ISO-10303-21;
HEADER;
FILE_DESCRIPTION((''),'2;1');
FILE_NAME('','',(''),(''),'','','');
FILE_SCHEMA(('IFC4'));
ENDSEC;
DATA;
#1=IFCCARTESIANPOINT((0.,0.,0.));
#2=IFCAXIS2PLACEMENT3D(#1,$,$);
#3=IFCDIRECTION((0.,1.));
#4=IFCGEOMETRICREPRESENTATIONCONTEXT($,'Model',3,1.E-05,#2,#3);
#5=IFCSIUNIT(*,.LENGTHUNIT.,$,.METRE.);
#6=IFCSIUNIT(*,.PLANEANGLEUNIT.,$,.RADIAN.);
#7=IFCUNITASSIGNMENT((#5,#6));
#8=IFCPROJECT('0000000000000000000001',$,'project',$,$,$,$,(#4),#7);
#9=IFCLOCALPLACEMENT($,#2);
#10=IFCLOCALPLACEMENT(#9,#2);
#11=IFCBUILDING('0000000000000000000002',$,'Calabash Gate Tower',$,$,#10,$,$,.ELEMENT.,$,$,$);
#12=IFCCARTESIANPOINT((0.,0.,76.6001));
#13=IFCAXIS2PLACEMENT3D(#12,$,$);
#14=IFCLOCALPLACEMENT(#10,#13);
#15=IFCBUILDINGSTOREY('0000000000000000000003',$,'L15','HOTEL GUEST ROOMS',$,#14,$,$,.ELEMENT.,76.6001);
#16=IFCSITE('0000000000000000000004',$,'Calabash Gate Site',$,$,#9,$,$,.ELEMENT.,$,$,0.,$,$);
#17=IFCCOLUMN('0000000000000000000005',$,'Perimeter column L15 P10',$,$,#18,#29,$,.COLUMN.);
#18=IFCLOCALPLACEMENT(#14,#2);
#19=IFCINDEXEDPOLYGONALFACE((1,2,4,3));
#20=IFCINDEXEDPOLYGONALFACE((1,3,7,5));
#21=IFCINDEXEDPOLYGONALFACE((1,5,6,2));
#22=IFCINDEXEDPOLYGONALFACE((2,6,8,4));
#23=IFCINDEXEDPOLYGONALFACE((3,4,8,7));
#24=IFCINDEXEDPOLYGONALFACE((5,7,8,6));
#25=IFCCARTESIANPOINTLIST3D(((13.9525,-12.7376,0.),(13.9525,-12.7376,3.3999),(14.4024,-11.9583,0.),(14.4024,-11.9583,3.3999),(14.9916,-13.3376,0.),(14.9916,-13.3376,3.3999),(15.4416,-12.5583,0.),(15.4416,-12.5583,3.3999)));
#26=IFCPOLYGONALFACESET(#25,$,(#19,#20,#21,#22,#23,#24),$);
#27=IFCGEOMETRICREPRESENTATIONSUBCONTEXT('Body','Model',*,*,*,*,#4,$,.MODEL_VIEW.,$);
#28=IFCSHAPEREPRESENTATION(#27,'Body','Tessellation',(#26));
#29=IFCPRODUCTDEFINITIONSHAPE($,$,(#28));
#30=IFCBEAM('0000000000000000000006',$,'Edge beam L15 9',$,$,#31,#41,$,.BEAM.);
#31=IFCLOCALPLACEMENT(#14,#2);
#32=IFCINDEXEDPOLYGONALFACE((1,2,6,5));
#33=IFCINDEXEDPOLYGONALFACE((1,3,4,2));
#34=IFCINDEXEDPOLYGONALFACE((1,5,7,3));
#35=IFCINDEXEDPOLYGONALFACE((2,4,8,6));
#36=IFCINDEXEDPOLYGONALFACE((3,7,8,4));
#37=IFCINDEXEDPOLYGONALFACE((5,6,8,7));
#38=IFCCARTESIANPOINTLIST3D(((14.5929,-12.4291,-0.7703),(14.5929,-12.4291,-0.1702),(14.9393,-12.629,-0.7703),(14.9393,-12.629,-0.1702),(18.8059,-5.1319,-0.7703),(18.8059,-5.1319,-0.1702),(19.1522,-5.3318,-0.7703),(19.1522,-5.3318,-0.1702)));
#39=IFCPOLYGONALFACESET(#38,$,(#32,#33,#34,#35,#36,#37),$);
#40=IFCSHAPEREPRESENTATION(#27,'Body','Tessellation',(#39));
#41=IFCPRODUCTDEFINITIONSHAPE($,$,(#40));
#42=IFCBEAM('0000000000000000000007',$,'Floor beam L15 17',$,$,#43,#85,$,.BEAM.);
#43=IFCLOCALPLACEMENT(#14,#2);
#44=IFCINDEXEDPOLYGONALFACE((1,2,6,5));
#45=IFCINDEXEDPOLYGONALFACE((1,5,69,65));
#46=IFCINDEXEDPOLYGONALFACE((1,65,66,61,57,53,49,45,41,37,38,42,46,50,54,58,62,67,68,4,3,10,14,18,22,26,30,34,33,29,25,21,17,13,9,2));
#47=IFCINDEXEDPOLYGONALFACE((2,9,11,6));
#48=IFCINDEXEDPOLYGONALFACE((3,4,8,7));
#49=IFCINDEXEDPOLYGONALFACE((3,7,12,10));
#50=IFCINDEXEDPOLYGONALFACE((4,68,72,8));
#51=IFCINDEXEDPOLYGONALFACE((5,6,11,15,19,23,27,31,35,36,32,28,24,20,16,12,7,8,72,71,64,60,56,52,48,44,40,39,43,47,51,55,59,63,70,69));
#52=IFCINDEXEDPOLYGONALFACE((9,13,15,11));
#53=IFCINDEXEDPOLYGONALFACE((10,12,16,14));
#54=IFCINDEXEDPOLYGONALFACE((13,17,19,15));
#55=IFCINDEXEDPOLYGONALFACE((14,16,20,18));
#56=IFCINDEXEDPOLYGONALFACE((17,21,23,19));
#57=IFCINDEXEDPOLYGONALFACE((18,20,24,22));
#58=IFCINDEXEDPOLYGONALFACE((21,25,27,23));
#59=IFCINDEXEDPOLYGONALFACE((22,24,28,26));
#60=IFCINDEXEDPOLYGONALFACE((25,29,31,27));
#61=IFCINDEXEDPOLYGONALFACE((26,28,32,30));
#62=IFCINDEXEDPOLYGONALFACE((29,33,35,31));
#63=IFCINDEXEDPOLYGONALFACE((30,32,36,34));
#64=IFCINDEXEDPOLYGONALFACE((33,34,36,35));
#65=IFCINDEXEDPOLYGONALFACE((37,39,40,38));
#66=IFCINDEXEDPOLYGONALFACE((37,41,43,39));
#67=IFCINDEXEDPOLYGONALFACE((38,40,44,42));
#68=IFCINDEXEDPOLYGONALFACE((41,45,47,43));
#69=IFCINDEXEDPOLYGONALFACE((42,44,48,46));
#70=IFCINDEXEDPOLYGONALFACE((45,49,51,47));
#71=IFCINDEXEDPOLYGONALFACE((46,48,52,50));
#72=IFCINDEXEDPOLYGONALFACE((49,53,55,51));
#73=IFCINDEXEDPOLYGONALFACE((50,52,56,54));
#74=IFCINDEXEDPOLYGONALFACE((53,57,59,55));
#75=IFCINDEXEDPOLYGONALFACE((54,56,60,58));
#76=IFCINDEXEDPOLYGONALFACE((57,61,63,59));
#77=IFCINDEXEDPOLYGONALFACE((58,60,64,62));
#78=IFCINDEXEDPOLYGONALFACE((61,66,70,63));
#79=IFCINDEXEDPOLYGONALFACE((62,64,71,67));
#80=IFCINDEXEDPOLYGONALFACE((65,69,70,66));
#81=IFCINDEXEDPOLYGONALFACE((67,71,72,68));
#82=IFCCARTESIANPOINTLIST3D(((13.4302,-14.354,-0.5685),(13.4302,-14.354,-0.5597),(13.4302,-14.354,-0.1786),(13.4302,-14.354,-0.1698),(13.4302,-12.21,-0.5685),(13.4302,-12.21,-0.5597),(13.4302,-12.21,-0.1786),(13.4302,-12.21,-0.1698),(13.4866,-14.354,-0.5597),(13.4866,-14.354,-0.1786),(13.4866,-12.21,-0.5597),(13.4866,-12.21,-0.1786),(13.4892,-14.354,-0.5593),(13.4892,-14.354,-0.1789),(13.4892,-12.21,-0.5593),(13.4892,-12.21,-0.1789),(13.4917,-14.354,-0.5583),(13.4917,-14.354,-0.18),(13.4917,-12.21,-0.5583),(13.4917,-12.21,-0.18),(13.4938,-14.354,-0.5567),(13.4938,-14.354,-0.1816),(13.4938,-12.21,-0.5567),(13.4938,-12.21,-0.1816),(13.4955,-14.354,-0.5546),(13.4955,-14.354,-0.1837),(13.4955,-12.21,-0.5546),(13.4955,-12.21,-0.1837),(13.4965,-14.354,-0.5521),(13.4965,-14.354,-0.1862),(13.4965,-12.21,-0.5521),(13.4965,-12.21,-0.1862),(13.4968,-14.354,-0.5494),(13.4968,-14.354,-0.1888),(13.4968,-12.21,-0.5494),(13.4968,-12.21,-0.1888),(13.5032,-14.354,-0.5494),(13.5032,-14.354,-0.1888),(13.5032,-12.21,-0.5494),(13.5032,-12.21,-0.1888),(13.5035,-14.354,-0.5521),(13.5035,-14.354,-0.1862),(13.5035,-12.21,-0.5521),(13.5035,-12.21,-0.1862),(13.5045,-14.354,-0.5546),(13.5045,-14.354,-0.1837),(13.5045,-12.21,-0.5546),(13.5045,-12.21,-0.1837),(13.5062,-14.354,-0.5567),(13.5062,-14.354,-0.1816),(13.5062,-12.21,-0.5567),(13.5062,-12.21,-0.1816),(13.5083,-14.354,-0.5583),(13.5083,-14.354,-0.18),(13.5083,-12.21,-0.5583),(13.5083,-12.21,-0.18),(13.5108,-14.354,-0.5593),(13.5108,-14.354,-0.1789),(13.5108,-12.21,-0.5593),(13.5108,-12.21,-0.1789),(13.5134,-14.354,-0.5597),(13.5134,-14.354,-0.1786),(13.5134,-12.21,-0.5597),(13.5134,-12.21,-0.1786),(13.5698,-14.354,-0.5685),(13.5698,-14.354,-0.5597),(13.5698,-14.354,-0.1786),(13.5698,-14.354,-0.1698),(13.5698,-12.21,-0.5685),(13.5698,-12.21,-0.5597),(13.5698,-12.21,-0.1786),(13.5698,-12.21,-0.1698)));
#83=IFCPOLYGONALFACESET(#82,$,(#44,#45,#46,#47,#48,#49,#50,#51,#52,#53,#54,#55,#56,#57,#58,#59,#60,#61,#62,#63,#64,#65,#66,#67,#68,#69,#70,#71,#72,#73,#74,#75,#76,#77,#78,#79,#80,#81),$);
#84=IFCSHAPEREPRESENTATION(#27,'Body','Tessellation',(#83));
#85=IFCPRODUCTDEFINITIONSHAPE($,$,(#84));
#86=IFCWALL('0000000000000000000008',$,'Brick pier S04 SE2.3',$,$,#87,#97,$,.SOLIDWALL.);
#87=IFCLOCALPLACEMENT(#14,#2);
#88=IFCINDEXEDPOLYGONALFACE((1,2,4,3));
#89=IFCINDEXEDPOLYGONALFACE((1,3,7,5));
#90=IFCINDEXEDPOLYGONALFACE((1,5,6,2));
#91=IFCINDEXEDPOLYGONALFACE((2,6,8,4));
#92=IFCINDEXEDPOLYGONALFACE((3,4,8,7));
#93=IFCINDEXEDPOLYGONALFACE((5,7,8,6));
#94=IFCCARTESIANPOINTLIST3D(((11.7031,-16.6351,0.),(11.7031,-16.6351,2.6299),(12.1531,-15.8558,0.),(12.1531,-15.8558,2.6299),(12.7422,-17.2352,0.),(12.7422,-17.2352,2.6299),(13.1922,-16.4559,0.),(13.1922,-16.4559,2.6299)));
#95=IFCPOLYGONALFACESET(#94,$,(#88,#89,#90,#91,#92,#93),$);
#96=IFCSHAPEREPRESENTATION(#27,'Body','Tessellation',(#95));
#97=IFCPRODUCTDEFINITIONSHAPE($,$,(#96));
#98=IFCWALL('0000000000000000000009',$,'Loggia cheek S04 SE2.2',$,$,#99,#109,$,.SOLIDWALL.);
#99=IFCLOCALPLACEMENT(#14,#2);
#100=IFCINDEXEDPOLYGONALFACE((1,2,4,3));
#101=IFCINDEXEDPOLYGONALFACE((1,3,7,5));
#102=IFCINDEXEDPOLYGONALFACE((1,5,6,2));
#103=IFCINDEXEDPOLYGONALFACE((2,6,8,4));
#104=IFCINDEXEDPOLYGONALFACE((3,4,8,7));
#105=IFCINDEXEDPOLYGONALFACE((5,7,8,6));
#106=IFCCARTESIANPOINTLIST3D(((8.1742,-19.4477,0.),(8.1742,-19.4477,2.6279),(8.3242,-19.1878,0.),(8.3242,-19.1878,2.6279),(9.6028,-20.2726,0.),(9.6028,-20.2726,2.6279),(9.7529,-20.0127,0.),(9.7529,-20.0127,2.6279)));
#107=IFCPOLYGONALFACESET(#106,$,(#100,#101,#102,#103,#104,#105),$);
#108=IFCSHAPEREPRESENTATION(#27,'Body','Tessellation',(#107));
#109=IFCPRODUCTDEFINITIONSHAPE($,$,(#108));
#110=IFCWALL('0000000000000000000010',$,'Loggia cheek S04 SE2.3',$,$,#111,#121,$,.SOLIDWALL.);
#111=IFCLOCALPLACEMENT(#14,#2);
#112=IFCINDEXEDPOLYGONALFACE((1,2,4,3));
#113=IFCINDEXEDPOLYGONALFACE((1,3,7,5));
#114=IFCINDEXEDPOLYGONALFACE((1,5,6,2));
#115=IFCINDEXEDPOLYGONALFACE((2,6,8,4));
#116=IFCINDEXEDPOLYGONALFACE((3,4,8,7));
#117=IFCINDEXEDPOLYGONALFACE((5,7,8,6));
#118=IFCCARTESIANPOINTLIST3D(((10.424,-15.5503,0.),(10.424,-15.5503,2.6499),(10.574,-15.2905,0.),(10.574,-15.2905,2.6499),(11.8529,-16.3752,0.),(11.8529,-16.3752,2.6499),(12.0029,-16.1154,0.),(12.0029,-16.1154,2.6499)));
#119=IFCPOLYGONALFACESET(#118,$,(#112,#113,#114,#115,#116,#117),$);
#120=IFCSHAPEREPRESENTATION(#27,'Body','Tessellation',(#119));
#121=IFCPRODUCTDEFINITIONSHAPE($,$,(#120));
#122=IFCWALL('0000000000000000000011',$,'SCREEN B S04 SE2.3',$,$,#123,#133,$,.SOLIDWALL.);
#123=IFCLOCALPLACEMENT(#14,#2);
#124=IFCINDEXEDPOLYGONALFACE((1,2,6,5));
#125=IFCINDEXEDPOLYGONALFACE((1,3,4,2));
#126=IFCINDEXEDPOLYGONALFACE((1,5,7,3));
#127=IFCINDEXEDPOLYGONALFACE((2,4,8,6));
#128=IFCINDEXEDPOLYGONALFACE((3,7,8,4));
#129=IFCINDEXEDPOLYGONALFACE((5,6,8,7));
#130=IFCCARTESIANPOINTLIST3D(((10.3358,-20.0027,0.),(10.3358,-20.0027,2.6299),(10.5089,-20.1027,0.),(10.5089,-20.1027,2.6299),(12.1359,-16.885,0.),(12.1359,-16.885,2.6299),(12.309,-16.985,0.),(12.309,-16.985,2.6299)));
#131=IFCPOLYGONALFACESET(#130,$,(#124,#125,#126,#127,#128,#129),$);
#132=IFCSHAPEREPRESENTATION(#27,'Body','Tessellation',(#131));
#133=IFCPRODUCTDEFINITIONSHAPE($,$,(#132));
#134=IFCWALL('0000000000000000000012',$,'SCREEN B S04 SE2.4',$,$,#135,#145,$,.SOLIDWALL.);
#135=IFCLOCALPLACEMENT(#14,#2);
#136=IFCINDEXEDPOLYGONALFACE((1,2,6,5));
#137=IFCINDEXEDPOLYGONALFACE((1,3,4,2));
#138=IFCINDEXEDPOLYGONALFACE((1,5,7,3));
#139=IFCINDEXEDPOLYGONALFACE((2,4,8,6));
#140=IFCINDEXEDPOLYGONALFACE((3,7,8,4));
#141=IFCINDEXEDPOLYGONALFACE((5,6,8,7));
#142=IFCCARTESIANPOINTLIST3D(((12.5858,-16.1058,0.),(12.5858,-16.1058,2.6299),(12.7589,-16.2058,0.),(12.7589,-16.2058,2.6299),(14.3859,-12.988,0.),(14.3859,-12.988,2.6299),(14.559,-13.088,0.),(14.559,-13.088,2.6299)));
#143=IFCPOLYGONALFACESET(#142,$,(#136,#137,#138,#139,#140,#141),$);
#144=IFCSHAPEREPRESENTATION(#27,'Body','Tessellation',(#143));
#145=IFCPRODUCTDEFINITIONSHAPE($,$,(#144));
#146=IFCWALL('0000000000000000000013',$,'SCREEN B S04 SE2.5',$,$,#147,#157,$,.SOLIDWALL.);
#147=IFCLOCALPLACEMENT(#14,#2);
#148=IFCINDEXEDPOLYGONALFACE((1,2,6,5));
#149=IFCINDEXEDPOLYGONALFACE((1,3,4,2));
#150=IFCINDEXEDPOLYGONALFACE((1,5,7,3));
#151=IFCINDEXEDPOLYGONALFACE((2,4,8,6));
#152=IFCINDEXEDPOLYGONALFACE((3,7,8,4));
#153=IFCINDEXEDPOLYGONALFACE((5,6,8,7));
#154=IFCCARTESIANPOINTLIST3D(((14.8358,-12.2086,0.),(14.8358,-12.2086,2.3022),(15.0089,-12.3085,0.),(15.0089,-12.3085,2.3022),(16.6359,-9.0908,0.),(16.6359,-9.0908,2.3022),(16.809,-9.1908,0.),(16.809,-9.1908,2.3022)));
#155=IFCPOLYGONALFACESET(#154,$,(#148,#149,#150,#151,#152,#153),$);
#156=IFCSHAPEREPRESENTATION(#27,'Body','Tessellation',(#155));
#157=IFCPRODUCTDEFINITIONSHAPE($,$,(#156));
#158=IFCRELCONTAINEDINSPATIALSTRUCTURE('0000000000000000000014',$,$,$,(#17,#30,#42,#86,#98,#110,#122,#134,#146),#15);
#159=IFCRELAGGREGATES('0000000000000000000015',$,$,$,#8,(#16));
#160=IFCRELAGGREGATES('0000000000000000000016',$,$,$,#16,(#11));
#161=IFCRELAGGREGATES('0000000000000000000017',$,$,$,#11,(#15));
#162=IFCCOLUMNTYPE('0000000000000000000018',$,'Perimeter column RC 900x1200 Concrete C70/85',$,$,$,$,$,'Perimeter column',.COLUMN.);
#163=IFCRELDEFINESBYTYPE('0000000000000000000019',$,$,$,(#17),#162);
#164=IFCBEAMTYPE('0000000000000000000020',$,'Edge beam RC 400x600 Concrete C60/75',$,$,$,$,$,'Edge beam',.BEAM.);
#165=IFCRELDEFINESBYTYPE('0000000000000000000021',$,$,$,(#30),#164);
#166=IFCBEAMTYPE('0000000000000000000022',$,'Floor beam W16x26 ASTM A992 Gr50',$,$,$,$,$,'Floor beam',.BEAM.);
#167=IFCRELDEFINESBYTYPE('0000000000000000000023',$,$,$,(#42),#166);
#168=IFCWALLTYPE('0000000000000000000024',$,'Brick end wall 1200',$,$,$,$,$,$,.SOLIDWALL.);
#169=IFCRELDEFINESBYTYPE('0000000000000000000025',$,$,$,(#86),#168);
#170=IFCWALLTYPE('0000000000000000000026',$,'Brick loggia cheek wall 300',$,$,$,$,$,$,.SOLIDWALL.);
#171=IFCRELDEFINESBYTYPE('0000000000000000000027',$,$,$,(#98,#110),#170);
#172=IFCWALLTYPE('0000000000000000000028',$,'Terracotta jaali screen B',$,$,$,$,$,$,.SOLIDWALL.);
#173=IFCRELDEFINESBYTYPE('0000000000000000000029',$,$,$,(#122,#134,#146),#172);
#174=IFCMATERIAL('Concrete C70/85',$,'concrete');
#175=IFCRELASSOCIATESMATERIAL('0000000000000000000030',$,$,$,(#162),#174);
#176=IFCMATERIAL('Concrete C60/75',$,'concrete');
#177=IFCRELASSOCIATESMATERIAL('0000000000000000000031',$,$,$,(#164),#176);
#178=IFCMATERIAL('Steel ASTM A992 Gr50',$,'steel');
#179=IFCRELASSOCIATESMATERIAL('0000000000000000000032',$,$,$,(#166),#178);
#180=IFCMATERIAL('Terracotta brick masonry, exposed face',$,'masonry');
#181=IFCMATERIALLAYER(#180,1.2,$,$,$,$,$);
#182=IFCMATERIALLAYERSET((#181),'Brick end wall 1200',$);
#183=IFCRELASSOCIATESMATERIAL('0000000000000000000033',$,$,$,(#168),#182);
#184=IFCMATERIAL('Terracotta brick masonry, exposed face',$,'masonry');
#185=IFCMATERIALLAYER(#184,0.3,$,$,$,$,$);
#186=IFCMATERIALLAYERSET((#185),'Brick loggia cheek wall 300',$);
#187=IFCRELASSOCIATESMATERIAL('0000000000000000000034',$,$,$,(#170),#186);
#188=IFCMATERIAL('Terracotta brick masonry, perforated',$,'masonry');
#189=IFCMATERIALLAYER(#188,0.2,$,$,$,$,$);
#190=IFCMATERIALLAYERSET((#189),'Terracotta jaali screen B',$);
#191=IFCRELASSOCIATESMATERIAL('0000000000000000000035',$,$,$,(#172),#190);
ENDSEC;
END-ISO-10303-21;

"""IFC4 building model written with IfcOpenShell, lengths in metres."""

from ifc_helpers import new_model, si_unit, direction, frame, frame_2d, origin, origin_2d, place, context, subcontext, project, spatial, rectangle, i_section, extrude, material, layer, layer_set, material_profile, profile_set, type_object, element, save


model = new_model("IFC4")

# Units and contexts
model_context = context("Model", 3, precision=1e-05, world=origin(), true_north=direction((0.0, 1.0)))
body_context = subcontext(model_context, "Body", "Model", "MODEL_VIEW")
ifc_project = project(units=[si_unit("LENGTHUNIT", "METRE"), si_unit("PLANEANGLEUNIT", "RADIAN")], contexts=[model_context])

# Site, building, storey
site_placement = place(None, origin())
site = spatial("IfcSite", under=ifc_project, at=site_placement, Name="Calabash Gate Site", CompositionType="ELEMENT", RefElevation=0.0)
building_placement = place(site_placement, origin())
building = spatial("IfcBuilding", under=site, at=building_placement, Name="Calabash Gate Tower", CompositionType="ELEMENT")
storey_placement = place(building_placement, frame((0.0, 0.0, 76.6001)))
storey = spatial("IfcBuildingStorey", under=building, at=storey_placement, Name="L15", Description="HOTEL GUEST ROOMS", CompositionType="ELEMENT", Elevation=76.6001)

# Column
ifc_material_1 = material(Name="Concrete C70/85", Category="concrete")
ifc_material_profile_1 = material_profile(ifc_material_1, rectangle(XDim=0.8999, YDim=1.2, at=origin_2d()))
ifc_profile_set_1 = profile_set([ifc_material_profile_1], Name="Concrete C70/85")
column_type = type_object("IfcColumnType", Name="Perimeter column RC 900x1200 Concrete C70/85", ElementType="Perimeter column", PredefinedType="COLUMN", material=ifc_profile_set_1)
column_placement = place(storey_placement, frame((14.697, -12.6479, 0.0), z_axis=(0.0, 0.0, 1.0), x_axis=(0.5, 0.866025, 0.0)))
element("IfcColumn", 1, at=column_placement, inside=storey, type_object=column_type, Name="Perimeter column L15 P10", PredefinedType="COLUMN", context=body_context, shape_type="SweptSolid", body=[
    extrude(rectangle(XDim=0.8999, YDim=1.2, at=origin_2d()), origin(), (0.0, 0.0, 1.0), 3.3999),
])

# Beams
ifc_material_2 = material(Name="Concrete C60/75", Category="concrete")
ifc_material_profile_2 = material_profile(ifc_material_2, rectangle(XDim=0.3999, YDim=0.6001, at=origin_2d()))
ifc_profile_set_2 = profile_set([ifc_material_profile_2], Name="Concrete C60/75")
beam_type_1 = type_object("IfcBeamType", Name="Edge beam RC 400x600 Concrete C60/75", ElementType="Edge beam", PredefinedType="BEAM", material=ifc_profile_set_2)
beam_1_placement = place(storey_placement, frame((14.7661, -12.5291, -0.4702), z_axis=(0.499991, 0.866031, 0.0), x_axis=(-0.866031, 0.499991, 0.0)))
element("IfcBeam", 2, at=beam_1_placement, inside=storey, type_object=beam_type_1, Name="Edge beam L15 9", PredefinedType="BEAM", context=body_context, shape_type="SweptSolid", body=[
    extrude(rectangle(XDim=0.3999, YDim=0.6001, at=origin_2d()), origin(), (0.0, 0.0, 1.0), 8.426),
])
ifc_material_3 = material(Name="Steel ASTM A992 Gr50", Category="steel")
ifc_material_profile_3 = material_profile(ifc_material_3, i_section(OverallWidth=0.1396, OverallDepth=0.3987, WebThickness=0.0063, FlangeThickness=0.0088, FilletRadius=0.0103, at=origin_2d()))
ifc_profile_set_3 = profile_set([ifc_material_profile_3], Name="Steel ASTM A992 Gr50")
beam_type_2 = type_object("IfcBeamType", Name="Floor beam W16x26 ASTM A992 Gr50", ElementType="Floor beam", PredefinedType="BEAM", material=ifc_profile_set_3)
beam_2_placement = place(storey_placement, frame((13.5, -14.354, -0.3691), z_axis=(0.0, 1.0, 0.0), x_axis=(-1.0, 0.0, 0.0)))
element("IfcBeam", 3, at=beam_2_placement, inside=storey, type_object=beam_type_2, Name="Floor beam L15 17", PredefinedType="BEAM", context=body_context, shape_type="SweptSolid", body=[
    extrude(i_section(OverallWidth=0.1396, OverallDepth=0.3987, WebThickness=0.0063, FlangeThickness=0.0088, FilletRadius=0.0103, at=origin_2d()), origin(), (0.0, 0.0, 1.0), 2.144),
])

# Walls
ifc_material_4 = material(Name="Terracotta brick masonry, exposed face", Category="masonry")
ifc_layer_1 = layer(ifc_material_4, 1.2)
ifc_layer_set_1 = layer_set([ifc_layer_1], Name="Brick end wall 1200")
wall_type_1 = type_object("IfcWallType", Name="Brick end wall 1200", PredefinedType="SOLIDWALL", material=ifc_layer_set_1)
wall_1_placement = place(storey_placement, frame((11.928, -16.2454, 0.0), z_axis=(0.0, 0.0, 1.0), x_axis=(0.865955, -0.500122, 0.0)))
element("IfcWall", 4, at=wall_1_placement, inside=storey, type_object=wall_type_1, Name="Brick pier S04 SE2.3", PredefinedType="SOLIDWALL", context=body_context, shape_type="SweptSolid", body=[
    extrude(rectangle(XDim=1.2, YDim=0.8999, at=frame_2d((0.6001, 0.0))), origin(), (0.0, 0.0, 1.0), 2.6299),
])
ifc_material_5 = material(Name="Terracotta brick masonry, exposed face", Category="masonry")
ifc_layer_2 = layer(ifc_material_5, 0.3)
ifc_layer_set_2 = layer_set([ifc_layer_2], Name="Brick loggia cheek wall 300")
wall_type_2 = type_object("IfcWallType", Name="Brick loggia cheek wall 300", PredefinedType="SOLIDWALL", material=ifc_layer_set_2)
wall_2_placement = place(storey_placement, frame((9.6777, -20.1426, 0.0), z_axis=(0.0, 0.0, 1.0), x_axis=(-0.866003, 0.500038, 0.0)))
element("IfcWall", 5, at=wall_2_placement, inside=storey, type_object=wall_type_2, Name="Loggia cheek S04 SE2.2", PredefinedType="SOLIDWALL", context=body_context, shape_type="SweptSolid", body=[
    extrude(rectangle(XDim=1.6497, YDim=0.3, at=frame_2d((0.8247, 0.0))), origin(), (0.0, 0.0, 1.0), 2.6279),
])
wall_3_placement = place(storey_placement, frame((10.499, -15.4204, 0.0), z_axis=(0.0, 0.0, 1.0), x_axis=(0.86604, -0.499974, 0.0)))
element("IfcWall", 6, at=wall_3_placement, inside=storey, type_object=wall_type_2, Name="Loggia cheek S04 SE2.3", PredefinedType="SOLIDWALL", context=body_context, shape_type="SweptSolid", body=[
    extrude(rectangle(XDim=1.6499, YDim=0.3, at=frame_2d((0.825, 0.0))), origin(), (0.0, 0.0, 1.0), 2.6499),
])
ifc_material_6 = material(Name="Terracotta brick masonry, perforated", Category="masonry")
ifc_layer_3 = layer(ifc_material_6, 0.2)
ifc_layer_set_3 = layer_set([ifc_layer_3], Name="Terracotta jaali screen B")
wall_type_3 = type_object("IfcWallType", Name="Terracotta jaali screen B", PredefinedType="SOLIDWALL", material=ifc_layer_set_3)
for number, where, z_axis, x_axis, name in (
    (7, (10.4224, -20.0527, 0.0), (0.0, 0.0, 1.0), (0.500012, 0.866018, 0.0), "SCREEN B S04 SE2.3"),
    (8, (12.6724, -16.1558, 0.0), (0.0, 0.0, 1.0), (0.500012, 0.866018, 0.0), "SCREEN B S04 SE2.4"),
):
    element("IfcWall", number, at=place(storey_placement, frame(where, z_axis=z_axis, x_axis=x_axis)), inside=storey, type_object=wall_type_3, Name=name, PredefinedType="SOLIDWALL", context=body_context, shape_type="SweptSolid", body=[
        extrude(rectangle(XDim=3.6001, YDim=0.2, at=frame_2d((1.8, 0.0))), origin(), (0.0, 0.0, 1.0), 2.6299),
    ])
wall_4_placement = place(storey_placement, frame((14.9224, -12.2585, 0.0), z_axis=(0.0, 0.0, 1.0), x_axis=(0.500012, 0.866018, 0.0)))
element("IfcWall", 9, at=wall_4_placement, inside=storey, type_object=wall_type_3, Name="SCREEN B S04 SE2.5", PredefinedType="SOLIDWALL", context=body_context, shape_type="SweptSolid", body=[
    extrude(rectangle(XDim=3.6001, YDim=0.2, at=frame_2d((1.8, 0.0))), origin(), (0.0, 0.0, 1.0), 2.3022),
])

save(model, "model.ifc")
